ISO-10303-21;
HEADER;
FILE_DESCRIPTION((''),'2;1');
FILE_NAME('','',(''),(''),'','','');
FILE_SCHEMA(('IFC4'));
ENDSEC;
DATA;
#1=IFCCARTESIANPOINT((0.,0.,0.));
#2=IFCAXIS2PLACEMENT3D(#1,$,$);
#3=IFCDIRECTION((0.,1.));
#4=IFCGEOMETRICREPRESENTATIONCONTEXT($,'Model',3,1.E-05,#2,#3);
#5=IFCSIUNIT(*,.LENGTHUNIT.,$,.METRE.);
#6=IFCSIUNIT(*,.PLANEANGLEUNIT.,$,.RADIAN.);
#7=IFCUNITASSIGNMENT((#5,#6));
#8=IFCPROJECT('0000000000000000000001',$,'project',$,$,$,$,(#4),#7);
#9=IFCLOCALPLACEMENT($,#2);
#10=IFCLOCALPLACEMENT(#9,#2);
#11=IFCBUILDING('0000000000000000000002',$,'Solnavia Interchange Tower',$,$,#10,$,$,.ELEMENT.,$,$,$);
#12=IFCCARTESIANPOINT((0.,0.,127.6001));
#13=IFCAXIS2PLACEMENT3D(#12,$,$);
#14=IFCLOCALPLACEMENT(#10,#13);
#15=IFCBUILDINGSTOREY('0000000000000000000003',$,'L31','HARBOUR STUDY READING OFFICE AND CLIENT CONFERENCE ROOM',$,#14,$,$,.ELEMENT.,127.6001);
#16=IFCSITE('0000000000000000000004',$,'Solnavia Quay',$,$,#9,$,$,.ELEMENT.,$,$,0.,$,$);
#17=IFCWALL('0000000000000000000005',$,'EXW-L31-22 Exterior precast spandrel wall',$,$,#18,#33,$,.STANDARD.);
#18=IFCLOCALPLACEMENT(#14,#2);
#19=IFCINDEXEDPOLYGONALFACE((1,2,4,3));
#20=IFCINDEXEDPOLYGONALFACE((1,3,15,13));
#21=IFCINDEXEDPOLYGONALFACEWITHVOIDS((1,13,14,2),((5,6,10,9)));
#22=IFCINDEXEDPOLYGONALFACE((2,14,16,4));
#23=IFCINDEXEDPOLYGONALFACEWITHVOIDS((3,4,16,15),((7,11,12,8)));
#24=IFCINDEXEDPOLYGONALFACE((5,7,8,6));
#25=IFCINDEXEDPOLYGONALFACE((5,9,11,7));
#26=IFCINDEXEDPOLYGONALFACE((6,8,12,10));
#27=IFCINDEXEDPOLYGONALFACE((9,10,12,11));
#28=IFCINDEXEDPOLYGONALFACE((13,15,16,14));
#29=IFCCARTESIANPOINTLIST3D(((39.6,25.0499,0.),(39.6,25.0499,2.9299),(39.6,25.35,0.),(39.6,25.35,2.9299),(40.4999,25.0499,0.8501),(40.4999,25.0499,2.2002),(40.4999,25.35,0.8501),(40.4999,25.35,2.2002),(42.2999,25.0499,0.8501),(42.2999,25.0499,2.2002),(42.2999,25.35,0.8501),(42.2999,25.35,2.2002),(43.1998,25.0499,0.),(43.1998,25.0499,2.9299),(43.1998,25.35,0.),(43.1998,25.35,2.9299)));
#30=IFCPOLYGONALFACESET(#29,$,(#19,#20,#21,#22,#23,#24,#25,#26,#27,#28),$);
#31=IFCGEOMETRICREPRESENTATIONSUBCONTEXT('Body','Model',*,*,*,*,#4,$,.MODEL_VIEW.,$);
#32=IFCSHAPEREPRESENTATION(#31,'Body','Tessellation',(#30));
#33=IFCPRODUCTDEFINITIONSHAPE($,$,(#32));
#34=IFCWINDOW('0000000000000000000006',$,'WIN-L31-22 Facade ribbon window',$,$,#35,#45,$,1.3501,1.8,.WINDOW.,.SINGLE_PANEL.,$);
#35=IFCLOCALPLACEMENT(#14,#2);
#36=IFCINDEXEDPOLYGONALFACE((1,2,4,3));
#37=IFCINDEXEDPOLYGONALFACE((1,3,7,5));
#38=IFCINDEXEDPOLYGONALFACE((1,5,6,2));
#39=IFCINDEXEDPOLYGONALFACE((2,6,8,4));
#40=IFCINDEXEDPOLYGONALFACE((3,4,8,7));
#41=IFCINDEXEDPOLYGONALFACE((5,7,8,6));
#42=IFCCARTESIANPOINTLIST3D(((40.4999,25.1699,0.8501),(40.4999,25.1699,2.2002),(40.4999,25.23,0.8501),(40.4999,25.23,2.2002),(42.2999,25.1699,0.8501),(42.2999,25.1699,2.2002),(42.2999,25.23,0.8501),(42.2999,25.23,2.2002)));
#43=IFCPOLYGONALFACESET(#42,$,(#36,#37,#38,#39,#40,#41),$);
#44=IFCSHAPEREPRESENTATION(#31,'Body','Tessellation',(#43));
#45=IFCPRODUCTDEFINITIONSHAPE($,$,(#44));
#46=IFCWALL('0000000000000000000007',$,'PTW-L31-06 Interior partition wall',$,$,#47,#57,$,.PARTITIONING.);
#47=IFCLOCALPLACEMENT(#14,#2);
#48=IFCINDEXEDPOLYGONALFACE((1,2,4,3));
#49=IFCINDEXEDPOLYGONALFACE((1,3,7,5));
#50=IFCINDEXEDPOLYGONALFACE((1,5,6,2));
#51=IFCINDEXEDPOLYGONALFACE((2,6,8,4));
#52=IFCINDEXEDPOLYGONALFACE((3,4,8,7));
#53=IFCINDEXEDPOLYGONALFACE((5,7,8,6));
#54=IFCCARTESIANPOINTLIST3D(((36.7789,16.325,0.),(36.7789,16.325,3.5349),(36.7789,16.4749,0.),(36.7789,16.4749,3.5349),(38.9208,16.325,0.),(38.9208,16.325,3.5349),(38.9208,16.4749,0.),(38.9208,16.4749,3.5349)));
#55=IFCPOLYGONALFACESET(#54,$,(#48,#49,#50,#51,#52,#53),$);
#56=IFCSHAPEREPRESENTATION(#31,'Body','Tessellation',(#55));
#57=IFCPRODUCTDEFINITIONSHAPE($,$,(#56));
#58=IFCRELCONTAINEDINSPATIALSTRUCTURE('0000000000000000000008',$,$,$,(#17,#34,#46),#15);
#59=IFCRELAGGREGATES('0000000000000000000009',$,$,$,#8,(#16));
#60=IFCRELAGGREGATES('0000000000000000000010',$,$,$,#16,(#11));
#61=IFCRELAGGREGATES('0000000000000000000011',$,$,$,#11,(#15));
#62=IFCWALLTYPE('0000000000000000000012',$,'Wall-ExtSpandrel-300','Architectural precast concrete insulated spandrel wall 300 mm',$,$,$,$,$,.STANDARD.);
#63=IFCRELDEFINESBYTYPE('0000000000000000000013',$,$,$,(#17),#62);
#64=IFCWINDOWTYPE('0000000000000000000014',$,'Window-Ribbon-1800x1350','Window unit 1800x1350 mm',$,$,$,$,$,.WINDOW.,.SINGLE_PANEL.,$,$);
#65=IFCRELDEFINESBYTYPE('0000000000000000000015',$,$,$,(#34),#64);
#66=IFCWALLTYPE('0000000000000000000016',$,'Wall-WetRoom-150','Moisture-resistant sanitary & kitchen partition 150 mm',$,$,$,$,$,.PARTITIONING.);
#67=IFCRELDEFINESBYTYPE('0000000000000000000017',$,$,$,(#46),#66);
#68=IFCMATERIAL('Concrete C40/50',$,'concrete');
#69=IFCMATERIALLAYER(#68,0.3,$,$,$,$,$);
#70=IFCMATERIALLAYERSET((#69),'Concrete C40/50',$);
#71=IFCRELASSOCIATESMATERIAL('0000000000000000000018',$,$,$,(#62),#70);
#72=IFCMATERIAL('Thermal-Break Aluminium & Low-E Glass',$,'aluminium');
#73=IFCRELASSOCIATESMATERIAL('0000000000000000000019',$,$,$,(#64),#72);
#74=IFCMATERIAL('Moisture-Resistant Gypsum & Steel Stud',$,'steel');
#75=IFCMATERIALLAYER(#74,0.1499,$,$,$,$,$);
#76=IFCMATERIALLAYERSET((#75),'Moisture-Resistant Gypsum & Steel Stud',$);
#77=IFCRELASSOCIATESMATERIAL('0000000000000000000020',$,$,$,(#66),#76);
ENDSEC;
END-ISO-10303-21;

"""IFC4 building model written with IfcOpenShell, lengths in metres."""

from ifc_helpers import new_model, si_unit, direction, frame, frame_2d, origin, place, context, subcontext, project, spatial, rectangle, extrude, material, layer, layer_set, type_object, element, fill, save


model = new_model("IFC4")

# Units and contexts
model_context = context("Model", 3, precision=1e-05, world=origin(), true_north=direction((0.0, 1.0)))
body_context = subcontext(model_context, "Body", "Model", "MODEL_VIEW")
ifc_project = project(units=[si_unit("LENGTHUNIT", "METRE"), si_unit("PLANEANGLEUNIT", "RADIAN")], contexts=[model_context])

# Site, building, storey
site_placement = place(None, origin())
site = spatial("IfcSite", under=ifc_project, at=site_placement, Name="Solnavia Quay", CompositionType="ELEMENT", RefElevation=0.0)
building_placement = place(site_placement, origin())
building = spatial("IfcBuilding", under=site, at=building_placement, Name="Solnavia Interchange Tower", CompositionType="ELEMENT")
storey_placement = place(building_placement, frame((0.0, 0.0, 127.6001)))
storey = spatial("IfcBuildingStorey", under=building, at=storey_placement, Name="L31", Description="HARBOUR STUDY READING OFFICE AND CLIENT CONFERENCE ROOM", CompositionType="ELEMENT", Elevation=127.6001)

# Shared definitions
ifc_material_1 = material(Name="Concrete C40/50", Category="concrete")
ifc_layer_1 = layer(ifc_material_1, 0.3)
ifc_layer_set_1 = layer_set([ifc_layer_1], Name="Concrete C40/50")
wall_type_1 = type_object("IfcWallType", Name="Wall-ExtSpandrel-300", Description="Architectural precast concrete insulated spandrel wall 300 mm", PredefinedType="STANDARD", material=ifc_layer_set_1)

# Wall, opening, window
wall_1_placement = place(storey_placement, frame((39.6001, 25.2, 0.0), z_axis=(0.0, 0.0, 1.0), x_axis=(1.0, 0.0, 0.0)))
wall_1 = element("IfcWall", 1, at=wall_1_placement, inside=storey, type_object=wall_type_1, Name="EXW-L31-22 Exterior precast spandrel wall", PredefinedType="STANDARD", context=body_context, shape_type="SweptSolid", body=[
    extrude(rectangle(XDim=3.5999, YDim=0.3, at=frame_2d((1.7998, 0.0))), origin(), (0.0, 0.0, 1.0), 2.9299),
])
opening_placement = place(wall_1_placement, frame((0.8999, 0.0, 0.8501)))
opening = element("IfcOpeningElement", 2, at=opening_placement, cuts=wall_1, PredefinedType="OPENING", context=body_context, shape_type="SweptSolid", body=[
    extrude(rectangle(XDim=1.8, YDim=1.3501, at=frame_2d((0.8999, 0.675))), frame((0.0, 0.1602, 0.0), z_axis=(0.0, -1.0, 0.0), x_axis=(1.0, 0.0, 0.0)), (0.0, 0.0, 1.0), 0.3201),
])
ifc_material_2 = material(Name="Thermal-Break Aluminium & Low-E Glass", Category="aluminium")
window_type = type_object("IfcWindowType", Name="Window-Ribbon-1800x1350", Description="Window unit 1800x1350 mm", PartitioningType="SINGLE_PANEL", PredefinedType="WINDOW", material=ifc_material_2)
window_placement = place(opening_placement, origin())
window = element("IfcWindow", 3, at=window_placement, inside=storey, type_object=window_type, Name="WIN-L31-22 Facade ribbon window", OverallHeight=1.3501, OverallWidth=1.8, PartitioningType="SINGLE_PANEL", PredefinedType="WINDOW", context=body_context, shape_type="SweptSolid", body=[
    extrude(rectangle(XDim=1.8, YDim=1.3501, at=frame_2d((0.8999, 0.675))), frame((0.0, 0.03, 0.0), z_axis=(0.0, -1.0, 0.0), x_axis=(1.0, 0.0, 0.0)), (0.0, 0.0, 1.0), 0.0601),
])
fill(opening, window)

# Wall
ifc_material_3 = material(Name="Moisture-Resistant Gypsum & Steel Stud", Category="steel")
ifc_layer_2 = layer(ifc_material_3, 0.1499)
ifc_layer_set_2 = layer_set([ifc_layer_2], Name="Moisture-Resistant Gypsum & Steel Stud")
wall_type_2 = type_object("IfcWallType", Name="Wall-WetRoom-150", Description="Moisture-resistant sanitary & kitchen partition 150 mm", PredefinedType="PARTITIONING", material=ifc_layer_set_2)
wall_2_placement = place(storey_placement, frame((36.7791, 16.3999, 0.0), z_axis=(0.0, 0.0, 1.0), x_axis=(1.0, 0.0, 0.0)))
element("IfcWall", 4, at=wall_2_placement, inside=storey, type_object=wall_type_2, Name="PTW-L31-06 Interior partition wall", PredefinedType="PARTITIONING", context=body_context, shape_type="SweptSolid", body=[
    extrude(rectangle(XDim=2.1418, YDim=0.1499, at=frame_2d((1.0708, 0.0))), origin(), (0.0, 0.0, 1.0), 3.5349),
])

save(model, "model.ifc")
